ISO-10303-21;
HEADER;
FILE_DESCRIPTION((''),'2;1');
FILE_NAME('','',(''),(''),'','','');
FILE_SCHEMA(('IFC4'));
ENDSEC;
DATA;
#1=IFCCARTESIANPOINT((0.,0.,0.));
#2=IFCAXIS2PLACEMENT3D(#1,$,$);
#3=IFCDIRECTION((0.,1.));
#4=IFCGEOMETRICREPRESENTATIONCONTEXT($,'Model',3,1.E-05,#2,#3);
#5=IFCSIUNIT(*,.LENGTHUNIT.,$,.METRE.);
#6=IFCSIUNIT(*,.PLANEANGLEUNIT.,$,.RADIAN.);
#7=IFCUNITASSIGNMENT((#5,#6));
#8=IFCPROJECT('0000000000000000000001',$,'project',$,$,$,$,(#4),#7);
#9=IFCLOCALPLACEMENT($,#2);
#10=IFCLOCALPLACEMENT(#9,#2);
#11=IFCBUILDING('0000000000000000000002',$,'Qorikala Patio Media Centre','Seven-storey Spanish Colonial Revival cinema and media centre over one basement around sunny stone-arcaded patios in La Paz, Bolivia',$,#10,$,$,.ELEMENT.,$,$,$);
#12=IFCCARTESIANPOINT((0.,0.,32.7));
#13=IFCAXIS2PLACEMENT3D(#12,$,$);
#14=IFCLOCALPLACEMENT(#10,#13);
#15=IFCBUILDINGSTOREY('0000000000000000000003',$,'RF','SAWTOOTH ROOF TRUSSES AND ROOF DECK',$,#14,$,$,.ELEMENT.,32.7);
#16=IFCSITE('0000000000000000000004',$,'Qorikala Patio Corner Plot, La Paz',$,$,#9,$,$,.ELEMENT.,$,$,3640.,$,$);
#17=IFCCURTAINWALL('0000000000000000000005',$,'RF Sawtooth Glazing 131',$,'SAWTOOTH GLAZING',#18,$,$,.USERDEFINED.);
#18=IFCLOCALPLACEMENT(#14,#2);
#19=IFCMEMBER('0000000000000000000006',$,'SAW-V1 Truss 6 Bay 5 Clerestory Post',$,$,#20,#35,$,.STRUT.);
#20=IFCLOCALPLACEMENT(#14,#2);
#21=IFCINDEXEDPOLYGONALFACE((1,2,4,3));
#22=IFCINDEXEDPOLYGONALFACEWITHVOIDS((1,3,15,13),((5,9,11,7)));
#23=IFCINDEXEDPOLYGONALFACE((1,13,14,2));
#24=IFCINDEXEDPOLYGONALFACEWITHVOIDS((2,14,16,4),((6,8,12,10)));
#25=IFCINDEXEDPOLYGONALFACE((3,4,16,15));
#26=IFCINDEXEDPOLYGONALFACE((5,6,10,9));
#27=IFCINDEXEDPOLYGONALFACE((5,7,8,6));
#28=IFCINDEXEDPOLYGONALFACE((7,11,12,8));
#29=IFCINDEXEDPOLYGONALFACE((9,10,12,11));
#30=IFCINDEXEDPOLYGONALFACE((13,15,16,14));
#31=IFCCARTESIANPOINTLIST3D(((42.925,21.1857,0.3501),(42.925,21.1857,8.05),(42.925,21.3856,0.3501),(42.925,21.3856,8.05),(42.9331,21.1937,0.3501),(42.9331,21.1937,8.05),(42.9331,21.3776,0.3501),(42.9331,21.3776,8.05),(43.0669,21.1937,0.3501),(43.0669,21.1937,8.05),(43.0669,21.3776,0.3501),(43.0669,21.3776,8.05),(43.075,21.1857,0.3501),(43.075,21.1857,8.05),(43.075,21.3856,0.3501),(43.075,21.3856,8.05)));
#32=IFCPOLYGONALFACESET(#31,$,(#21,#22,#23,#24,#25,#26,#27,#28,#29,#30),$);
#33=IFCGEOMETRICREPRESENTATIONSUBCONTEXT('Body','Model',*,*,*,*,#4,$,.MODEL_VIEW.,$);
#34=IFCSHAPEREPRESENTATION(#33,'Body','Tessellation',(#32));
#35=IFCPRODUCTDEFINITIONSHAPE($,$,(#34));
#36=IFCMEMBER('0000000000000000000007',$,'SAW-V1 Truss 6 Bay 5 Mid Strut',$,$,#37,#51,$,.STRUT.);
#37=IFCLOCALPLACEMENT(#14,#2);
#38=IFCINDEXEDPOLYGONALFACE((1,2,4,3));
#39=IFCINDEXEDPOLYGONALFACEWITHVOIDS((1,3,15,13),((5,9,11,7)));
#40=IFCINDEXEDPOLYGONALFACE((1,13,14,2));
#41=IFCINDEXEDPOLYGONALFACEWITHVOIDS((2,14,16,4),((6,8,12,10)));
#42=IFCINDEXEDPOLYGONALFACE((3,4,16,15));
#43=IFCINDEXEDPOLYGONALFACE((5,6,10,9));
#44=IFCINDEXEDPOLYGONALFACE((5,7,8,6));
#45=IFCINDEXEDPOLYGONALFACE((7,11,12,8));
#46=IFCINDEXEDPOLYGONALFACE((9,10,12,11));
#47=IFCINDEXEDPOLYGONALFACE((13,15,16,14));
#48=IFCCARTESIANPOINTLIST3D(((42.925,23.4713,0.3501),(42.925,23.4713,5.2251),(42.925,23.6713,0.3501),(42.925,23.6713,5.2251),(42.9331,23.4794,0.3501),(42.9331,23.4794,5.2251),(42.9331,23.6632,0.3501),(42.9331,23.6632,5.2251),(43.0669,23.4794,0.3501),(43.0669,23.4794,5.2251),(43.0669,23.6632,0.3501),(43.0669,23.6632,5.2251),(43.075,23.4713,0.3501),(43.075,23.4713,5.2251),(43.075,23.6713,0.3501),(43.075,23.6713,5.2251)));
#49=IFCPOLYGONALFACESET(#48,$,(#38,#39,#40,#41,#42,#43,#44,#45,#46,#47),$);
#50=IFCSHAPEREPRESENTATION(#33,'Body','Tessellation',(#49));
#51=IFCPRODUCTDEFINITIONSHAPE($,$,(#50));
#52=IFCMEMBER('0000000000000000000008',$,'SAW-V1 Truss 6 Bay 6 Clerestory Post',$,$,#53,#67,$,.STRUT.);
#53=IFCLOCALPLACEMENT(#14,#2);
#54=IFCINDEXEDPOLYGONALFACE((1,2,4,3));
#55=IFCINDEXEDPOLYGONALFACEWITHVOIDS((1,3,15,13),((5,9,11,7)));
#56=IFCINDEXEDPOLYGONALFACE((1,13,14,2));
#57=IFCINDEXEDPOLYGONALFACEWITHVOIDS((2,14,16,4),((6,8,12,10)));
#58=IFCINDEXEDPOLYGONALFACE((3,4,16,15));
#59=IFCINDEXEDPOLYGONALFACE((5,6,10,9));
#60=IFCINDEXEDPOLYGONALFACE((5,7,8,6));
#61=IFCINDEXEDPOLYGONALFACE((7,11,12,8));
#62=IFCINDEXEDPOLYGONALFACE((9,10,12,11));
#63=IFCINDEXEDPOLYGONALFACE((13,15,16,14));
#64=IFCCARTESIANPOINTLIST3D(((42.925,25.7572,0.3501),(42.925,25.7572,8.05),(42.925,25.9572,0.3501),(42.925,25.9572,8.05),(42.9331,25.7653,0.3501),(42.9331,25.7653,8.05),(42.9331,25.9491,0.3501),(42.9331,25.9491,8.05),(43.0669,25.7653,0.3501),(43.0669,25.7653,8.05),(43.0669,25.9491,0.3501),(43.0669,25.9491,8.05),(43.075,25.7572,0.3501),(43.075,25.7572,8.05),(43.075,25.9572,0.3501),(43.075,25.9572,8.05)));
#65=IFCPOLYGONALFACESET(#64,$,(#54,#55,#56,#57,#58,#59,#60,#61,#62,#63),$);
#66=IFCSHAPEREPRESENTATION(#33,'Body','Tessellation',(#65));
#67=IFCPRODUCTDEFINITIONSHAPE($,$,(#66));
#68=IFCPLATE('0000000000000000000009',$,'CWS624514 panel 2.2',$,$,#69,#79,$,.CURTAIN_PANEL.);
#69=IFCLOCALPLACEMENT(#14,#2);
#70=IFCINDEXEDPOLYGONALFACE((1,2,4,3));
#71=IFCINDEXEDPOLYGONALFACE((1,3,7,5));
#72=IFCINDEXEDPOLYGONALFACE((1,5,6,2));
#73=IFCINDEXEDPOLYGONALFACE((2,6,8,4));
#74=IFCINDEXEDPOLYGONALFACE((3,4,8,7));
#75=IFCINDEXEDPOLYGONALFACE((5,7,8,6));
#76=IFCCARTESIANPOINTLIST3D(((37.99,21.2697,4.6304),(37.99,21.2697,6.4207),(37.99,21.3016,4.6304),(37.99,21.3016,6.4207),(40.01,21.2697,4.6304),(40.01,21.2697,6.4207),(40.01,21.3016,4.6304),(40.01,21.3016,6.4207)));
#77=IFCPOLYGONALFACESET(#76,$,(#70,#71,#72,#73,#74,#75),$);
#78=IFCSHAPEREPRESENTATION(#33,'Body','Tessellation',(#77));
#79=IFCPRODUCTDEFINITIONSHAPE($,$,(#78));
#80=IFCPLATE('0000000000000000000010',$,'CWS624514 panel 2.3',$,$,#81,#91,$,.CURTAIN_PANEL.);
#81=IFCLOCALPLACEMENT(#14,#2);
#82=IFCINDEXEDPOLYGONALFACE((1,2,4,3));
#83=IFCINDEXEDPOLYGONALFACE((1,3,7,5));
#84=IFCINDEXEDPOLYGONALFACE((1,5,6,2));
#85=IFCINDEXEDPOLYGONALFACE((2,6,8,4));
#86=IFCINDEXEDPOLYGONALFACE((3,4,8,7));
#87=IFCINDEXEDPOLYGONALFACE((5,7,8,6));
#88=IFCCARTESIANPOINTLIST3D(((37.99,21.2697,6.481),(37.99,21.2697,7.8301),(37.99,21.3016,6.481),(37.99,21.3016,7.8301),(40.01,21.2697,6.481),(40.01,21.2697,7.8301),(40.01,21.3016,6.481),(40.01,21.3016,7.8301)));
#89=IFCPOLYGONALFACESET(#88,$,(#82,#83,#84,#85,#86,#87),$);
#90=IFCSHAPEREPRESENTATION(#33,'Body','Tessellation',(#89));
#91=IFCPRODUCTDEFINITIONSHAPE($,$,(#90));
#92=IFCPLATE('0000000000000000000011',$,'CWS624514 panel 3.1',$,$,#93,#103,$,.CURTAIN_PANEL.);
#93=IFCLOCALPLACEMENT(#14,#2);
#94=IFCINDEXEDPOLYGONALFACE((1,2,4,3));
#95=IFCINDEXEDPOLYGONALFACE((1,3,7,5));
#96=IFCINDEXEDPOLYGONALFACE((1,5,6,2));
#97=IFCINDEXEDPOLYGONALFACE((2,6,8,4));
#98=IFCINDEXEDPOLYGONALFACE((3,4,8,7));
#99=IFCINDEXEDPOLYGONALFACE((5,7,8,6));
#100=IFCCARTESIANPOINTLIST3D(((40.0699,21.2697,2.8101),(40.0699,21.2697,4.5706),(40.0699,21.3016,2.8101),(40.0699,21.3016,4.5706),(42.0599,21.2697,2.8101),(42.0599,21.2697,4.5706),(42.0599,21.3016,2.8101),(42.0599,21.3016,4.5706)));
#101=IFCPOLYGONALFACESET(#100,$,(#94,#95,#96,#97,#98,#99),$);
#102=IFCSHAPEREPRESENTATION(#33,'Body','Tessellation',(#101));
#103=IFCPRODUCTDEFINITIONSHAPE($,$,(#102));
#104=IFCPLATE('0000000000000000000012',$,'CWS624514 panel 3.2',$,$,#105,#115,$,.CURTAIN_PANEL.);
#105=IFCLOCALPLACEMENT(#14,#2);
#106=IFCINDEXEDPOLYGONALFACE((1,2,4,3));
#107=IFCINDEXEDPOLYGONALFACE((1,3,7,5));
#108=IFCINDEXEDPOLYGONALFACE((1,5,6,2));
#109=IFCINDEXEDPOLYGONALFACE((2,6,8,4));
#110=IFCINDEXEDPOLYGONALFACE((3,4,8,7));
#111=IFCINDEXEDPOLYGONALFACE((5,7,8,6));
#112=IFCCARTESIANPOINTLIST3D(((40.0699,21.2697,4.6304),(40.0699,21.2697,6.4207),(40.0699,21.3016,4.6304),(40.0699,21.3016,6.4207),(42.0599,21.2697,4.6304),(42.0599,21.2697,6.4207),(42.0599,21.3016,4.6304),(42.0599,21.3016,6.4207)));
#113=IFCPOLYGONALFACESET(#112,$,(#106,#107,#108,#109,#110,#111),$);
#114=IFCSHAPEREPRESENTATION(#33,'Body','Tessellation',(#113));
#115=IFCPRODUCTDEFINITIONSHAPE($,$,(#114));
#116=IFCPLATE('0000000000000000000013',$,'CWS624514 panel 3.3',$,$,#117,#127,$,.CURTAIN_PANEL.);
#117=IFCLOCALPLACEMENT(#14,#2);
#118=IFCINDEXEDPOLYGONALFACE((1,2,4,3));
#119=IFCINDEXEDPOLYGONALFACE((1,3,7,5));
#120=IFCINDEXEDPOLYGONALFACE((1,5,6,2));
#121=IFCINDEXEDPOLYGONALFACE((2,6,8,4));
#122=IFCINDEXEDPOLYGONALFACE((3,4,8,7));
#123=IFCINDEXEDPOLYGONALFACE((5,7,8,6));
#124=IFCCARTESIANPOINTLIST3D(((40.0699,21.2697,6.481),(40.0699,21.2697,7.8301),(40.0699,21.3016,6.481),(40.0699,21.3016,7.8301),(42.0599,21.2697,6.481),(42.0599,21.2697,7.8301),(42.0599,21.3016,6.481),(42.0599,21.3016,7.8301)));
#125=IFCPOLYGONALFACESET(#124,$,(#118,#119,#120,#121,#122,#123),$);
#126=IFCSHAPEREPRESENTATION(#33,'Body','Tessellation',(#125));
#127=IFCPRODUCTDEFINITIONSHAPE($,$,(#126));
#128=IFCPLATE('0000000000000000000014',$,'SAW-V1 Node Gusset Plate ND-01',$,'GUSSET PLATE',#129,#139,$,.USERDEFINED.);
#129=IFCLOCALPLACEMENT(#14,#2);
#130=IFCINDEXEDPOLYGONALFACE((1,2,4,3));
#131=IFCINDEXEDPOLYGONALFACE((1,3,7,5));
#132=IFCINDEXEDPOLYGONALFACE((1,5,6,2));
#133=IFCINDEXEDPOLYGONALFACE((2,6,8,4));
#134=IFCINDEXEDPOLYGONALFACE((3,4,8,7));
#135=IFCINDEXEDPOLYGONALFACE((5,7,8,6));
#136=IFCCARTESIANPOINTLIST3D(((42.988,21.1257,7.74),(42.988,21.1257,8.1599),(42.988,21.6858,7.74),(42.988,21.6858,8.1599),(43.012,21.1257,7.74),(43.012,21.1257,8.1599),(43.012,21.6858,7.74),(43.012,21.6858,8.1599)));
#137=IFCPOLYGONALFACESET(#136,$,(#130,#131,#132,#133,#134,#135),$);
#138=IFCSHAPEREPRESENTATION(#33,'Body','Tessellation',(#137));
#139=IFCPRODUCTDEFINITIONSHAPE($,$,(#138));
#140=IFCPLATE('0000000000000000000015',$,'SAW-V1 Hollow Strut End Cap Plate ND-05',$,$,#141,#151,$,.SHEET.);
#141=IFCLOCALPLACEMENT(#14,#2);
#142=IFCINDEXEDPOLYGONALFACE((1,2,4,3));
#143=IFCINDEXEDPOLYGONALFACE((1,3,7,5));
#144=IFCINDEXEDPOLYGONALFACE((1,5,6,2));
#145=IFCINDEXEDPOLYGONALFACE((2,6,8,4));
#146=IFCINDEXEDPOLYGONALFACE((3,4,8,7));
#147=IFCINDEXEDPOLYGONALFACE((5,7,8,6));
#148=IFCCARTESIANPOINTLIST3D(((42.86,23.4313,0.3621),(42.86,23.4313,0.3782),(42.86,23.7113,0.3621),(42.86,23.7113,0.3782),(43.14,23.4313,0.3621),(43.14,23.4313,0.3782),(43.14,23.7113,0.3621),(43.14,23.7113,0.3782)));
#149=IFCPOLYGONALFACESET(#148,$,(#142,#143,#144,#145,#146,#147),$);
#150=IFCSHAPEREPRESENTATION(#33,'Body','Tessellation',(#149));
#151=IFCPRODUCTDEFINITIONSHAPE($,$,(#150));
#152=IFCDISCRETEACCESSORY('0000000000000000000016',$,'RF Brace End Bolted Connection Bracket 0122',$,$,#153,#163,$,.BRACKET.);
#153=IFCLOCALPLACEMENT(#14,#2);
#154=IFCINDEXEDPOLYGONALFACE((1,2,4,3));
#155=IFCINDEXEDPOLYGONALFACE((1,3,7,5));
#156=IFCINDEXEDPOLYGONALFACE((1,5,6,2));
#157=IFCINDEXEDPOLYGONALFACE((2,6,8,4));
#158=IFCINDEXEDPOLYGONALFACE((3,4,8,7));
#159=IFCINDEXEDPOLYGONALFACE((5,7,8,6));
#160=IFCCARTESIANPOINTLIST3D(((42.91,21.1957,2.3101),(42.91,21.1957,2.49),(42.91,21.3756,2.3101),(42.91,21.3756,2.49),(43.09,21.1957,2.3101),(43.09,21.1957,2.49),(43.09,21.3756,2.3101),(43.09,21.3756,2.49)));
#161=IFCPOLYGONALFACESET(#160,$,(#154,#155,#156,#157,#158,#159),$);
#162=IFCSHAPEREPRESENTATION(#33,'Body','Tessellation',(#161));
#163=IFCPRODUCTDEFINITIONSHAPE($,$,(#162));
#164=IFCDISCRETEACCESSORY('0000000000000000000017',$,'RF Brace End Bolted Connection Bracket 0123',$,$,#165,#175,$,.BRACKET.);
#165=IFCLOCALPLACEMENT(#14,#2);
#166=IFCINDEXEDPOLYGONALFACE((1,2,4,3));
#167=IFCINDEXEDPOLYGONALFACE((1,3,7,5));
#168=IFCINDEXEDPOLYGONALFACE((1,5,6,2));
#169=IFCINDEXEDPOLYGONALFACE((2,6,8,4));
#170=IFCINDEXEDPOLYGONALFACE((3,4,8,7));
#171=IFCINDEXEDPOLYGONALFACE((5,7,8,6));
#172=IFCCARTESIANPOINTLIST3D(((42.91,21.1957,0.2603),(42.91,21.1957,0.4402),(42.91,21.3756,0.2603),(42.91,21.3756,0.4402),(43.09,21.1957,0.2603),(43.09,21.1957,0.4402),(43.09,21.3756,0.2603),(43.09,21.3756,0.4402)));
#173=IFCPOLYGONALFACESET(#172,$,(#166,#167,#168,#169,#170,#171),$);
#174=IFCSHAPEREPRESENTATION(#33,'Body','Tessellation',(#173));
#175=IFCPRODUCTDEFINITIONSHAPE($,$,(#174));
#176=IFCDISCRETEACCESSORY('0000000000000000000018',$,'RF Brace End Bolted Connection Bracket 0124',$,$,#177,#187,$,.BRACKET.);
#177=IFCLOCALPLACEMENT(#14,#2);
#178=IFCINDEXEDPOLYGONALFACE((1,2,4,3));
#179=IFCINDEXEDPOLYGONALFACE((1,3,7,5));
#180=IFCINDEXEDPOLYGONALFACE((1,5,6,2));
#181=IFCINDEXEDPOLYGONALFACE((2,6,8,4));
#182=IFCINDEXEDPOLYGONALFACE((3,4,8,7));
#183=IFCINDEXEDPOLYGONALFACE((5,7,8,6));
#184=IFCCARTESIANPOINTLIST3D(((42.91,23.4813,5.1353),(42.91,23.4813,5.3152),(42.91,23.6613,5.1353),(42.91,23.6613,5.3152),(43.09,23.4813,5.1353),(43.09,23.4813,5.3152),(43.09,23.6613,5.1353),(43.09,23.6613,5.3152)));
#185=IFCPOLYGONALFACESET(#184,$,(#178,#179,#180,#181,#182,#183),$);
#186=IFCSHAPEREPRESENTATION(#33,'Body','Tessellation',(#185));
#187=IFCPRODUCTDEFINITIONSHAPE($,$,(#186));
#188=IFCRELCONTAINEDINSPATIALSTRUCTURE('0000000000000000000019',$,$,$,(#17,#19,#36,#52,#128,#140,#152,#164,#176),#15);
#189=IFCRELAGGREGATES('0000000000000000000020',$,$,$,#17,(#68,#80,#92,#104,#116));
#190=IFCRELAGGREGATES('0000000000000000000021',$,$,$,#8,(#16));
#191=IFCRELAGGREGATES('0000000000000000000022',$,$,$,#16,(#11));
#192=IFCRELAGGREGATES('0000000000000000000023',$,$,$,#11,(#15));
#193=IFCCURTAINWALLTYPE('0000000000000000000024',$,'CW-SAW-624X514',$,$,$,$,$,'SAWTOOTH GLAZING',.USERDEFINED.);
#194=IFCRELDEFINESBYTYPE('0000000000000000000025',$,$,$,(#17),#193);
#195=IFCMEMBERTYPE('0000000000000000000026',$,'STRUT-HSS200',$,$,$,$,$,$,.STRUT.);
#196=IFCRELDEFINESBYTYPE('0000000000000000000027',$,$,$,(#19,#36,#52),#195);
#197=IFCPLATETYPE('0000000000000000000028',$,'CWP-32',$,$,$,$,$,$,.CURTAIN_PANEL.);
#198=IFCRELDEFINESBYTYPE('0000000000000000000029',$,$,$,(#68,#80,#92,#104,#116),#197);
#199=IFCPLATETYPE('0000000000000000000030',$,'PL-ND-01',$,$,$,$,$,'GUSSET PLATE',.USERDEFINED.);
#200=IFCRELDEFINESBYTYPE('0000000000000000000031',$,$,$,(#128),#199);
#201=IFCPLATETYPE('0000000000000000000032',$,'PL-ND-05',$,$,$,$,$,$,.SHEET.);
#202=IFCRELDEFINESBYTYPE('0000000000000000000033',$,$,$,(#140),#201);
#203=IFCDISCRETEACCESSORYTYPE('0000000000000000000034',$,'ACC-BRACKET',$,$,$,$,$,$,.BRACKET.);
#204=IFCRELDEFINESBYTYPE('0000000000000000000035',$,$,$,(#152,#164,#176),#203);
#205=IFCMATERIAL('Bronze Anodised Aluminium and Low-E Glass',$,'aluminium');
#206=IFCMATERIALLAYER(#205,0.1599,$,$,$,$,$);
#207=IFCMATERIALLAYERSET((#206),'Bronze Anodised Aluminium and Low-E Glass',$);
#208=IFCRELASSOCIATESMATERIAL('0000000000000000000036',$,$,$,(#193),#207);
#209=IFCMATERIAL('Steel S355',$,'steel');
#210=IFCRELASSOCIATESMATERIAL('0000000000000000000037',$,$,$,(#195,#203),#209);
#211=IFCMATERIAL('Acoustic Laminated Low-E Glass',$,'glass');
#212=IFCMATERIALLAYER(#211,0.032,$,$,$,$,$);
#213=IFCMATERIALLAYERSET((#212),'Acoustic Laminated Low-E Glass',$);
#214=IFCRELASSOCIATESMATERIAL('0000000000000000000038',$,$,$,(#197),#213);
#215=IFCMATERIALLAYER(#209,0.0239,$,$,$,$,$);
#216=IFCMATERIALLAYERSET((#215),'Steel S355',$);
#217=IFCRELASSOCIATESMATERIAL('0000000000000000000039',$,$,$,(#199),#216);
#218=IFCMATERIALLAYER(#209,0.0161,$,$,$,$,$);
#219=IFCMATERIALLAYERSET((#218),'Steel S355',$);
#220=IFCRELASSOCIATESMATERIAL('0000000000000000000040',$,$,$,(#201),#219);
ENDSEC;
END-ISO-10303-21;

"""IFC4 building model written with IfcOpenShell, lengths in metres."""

from ifc_helpers import new_model, si_unit, direction, frame, origin, origin_2d, place, context, subcontext, project, spatial, rectangle, hollow_rectangle, extrude, material, layer, layer_set, material_profile, profile_set, type_object, element, aggregate, save


model = new_model("IFC4")

# Units and contexts
model_context = context("Model", 3, precision=1e-05, world=origin(), true_north=direction((0.0, 1.0)))
body_context = subcontext(model_context, "Body", "Model", "MODEL_VIEW")
ifc_project = project(units=[si_unit("LENGTHUNIT", "METRE"), si_unit("PLANEANGLEUNIT", "RADIAN")], contexts=[model_context])

# Site, building, storey
site_placement = place(None, origin())
site = spatial("IfcSite", under=ifc_project, at=site_placement, Name="Qorikala Patio Corner Plot, La Paz", CompositionType="ELEMENT", RefElevation=3640.0)
building_placement = place(site_placement, origin())
building = spatial("IfcBuilding", under=site, at=building_placement, Name="Qorikala Patio Media Centre", Description="Seven-storey Spanish Colonial Revival cinema and media centre over one basement around sunny stone-arcaded patios in La Paz, Bolivia", CompositionType="ELEMENT")
storey_placement = place(building_placement, frame((0.0, 0.0, 32.7)))
storey = spatial("IfcBuildingStorey", under=building, at=storey_placement, Name="RF", Description="SAWTOOTH ROOF TRUSSES AND ROOF DECK", CompositionType="ELEMENT", Elevation=32.7)

# Shared definitions
ifc_material_1 = material(Name="Steel S355", Category="steel")

# Curtain wall
ifc_material_2 = material(Name="Bronze Anodised Aluminium and Low-E Glass", Category="aluminium")
ifc_layer_1 = layer(ifc_material_2, 0.1599)
ifc_layer_set_1 = layer_set([ifc_layer_1], Name="Bronze Anodised Aluminium and Low-E Glass")
curtain_wall_type = type_object("IfcCurtainWallType", Name="CW-SAW-624X514", ElementType="SAWTOOTH GLAZING", PredefinedType="USERDEFINED", material=ifc_layer_set_1)
curtain_wall_placement = place(storey_placement, origin())
curtain_wall = element("IfcCurtainWall", 1, at=curtain_wall_placement, inside=storey, type_object=curtain_wall_type, Name="RF Sawtooth Glazing 131", ObjectType="SAWTOOTH GLAZING", PredefinedType="USERDEFINED")

# Members
ifc_material_profile_1 = material_profile(ifc_material_1, hollow_rectangle(XDim=0.1499, YDim=0.2, WallThickness=0.0081, at=origin_2d()), Name="HSS200X150X8")
ifc_profile_set_1 = profile_set([ifc_material_profile_1], Name="Steel S355")
member_type_1 = type_object("IfcMemberType", Name="STRUT-HSS200", PredefinedType="STRUT", material=ifc_profile_set_1)
member_1_placement = place(storey_placement, frame((43.0, 21.2856, 0.3501), z_axis=(0.0, 0.0, 1.0), x_axis=(1.0, 0.0, 0.0)))
element("IfcMember", 2, at=member_1_placement, inside=storey, type_object=member_type_1, Name="SAW-V1 Truss 6 Bay 5 Clerestory Post", PredefinedType="STRUT", context=body_context, shape_type="SweptSolid", body=[
    extrude(hollow_rectangle(XDim=0.1499, YDim=0.2, WallThickness=0.0081, at=origin_2d()), origin(), (0.0, 0.0, 1.0), 7.7),
])
member_2_placement = place(storey_placement, frame((43.0, 23.5713, 0.3501), z_axis=(0.0, 0.0, 1.0), x_axis=(1.0, 0.0, 0.0)))
element("IfcMember", 3, at=member_2_placement, inside=storey, type_object=member_type_1, Name="SAW-V1 Truss 6 Bay 5 Mid Strut", PredefinedType="STRUT", context=body_context, shape_type="SweptSolid", body=[
    extrude(hollow_rectangle(XDim=0.1499, YDim=0.2, WallThickness=0.0081, at=origin_2d()), origin(), (0.0, 0.0, 1.0), 4.875),
])
member_3_placement = place(storey_placement, frame((43.0, 25.8572, 0.3501), z_axis=(0.0, 0.0, 1.0), x_axis=(1.0, 0.0, 0.0)))
element("IfcMember", 4, at=member_3_placement, inside=storey, type_object=member_type_1, Name="SAW-V1 Truss 6 Bay 6 Clerestory Post", PredefinedType="STRUT", context=body_context, shape_type="SweptSolid", body=[
    extrude(hollow_rectangle(XDim=0.1499, YDim=0.2, WallThickness=0.0081, at=origin_2d()), origin(), (0.0, 0.0, 1.0), 7.7),
])

# Plates
ifc_material_3 = material(Name="Acoustic Laminated Low-E Glass", Category="glass")
ifc_layer_2 = layer(ifc_material_3, 0.032)
ifc_layer_set_2 = layer_set([ifc_layer_2], Name="Acoustic Laminated Low-E Glass")
plate_type_1 = type_object("IfcPlateType", Name="CWP-32", PredefinedType="CURTAIN_PANEL", material=ifc_layer_set_2)
plate_1_placement = place(storey_placement, frame((39.0, 21.2856, 4.6304), z_axis=(0.0, 0.0, 1.0), x_axis=(1.0, 0.0, 0.0)))
plate_1 = element("IfcPlate", 5, at=plate_1_placement, type_object=plate_type_1, Name="CWS624514 panel 2.2", PredefinedType="CURTAIN_PANEL", context=body_context, shape_type="SweptSolid", body=[
    extrude(rectangle(XDim=2.02, YDim=0.032, at=origin_2d()), origin(), (0.0, 0.0, 1.0), 1.7903),
])
plate_2_placement = place(storey_placement, frame((39.0, 21.2856, 6.481), z_axis=(0.0, 0.0, 1.0), x_axis=(1.0, 0.0, 0.0)))
plate_2 = element("IfcPlate", 6, at=plate_2_placement, type_object=plate_type_1, Name="CWS624514 panel 2.3", PredefinedType="CURTAIN_PANEL", context=body_context, shape_type="SweptSolid", body=[
    extrude(rectangle(XDim=2.02, YDim=0.032, at=origin_2d()), origin(), (0.0, 0.0, 1.0), 1.3491),
])
plate_3_placement = place(storey_placement, frame((41.0649, 21.2856, 2.8101), z_axis=(0.0, 0.0, 1.0), x_axis=(1.0, 0.0, 0.0)))
plate_3 = element("IfcPlate", 7, at=plate_3_placement, type_object=plate_type_1, Name="CWS624514 panel 3.1", PredefinedType="CURTAIN_PANEL", context=body_context, shape_type="SweptSolid", body=[
    extrude(rectangle(XDim=1.99, YDim=0.032, at=origin_2d()), origin(), (0.0, 0.0, 1.0), 1.7605),
])
plate_4_placement = place(storey_placement, frame((41.0649, 21.2856, 4.6304), z_axis=(0.0, 0.0, 1.0), x_axis=(1.0, 0.0, 0.0)))
plate_4 = element("IfcPlate", 8, at=plate_4_placement, type_object=plate_type_1, Name="CWS624514 panel 3.2", PredefinedType="CURTAIN_PANEL", context=body_context, shape_type="SweptSolid", body=[
    extrude(rectangle(XDim=1.99, YDim=0.032, at=origin_2d()), origin(), (0.0, 0.0, 1.0), 1.7903),
])
plate_5_placement = place(storey_placement, frame((41.0649, 21.2856, 6.481), z_axis=(0.0, 0.0, 1.0), x_axis=(1.0, 0.0, 0.0)))
plate_5 = element("IfcPlate", 9, at=plate_5_placement, type_object=plate_type_1, Name="CWS624514 panel 3.3", PredefinedType="CURTAIN_PANEL", context=body_context, shape_type="SweptSolid", body=[
    extrude(rectangle(XDim=1.99, YDim=0.032, at=origin_2d()), origin(), (0.0, 0.0, 1.0), 1.3491),
])
aggregate(curtain_wall, [plate_1, plate_2, plate_3, plate_4, plate_5])

# Plates
ifc_layer_3 = layer(ifc_material_1, 0.0239)
ifc_layer_set_3 = layer_set([ifc_layer_3], Name="Steel S355")
plate_type_2 = type_object("IfcPlateType", Name="PL-ND-01", ElementType="GUSSET PLATE", PredefinedType="USERDEFINED", material=ifc_layer_set_3)
plate_6_placement = place(storey_placement, frame((43.0, 21.4058, 7.74), z_axis=(0.0, 0.0, 1.0), x_axis=(1.0, 0.0, 0.0)))
element("IfcPlate", 10, at=plate_6_placement, inside=storey, type_object=plate_type_2, Name="SAW-V1 Node Gusset Plate ND-01", ObjectType="GUSSET PLATE", PredefinedType="USERDEFINED", context=body_context, shape_type="SweptSolid", body=[
    extrude(rectangle(XDim=0.0239, YDim=0.5601, at=origin_2d()), origin(), (0.0, 0.0, 1.0), 0.4199),
])
ifc_layer_4 = layer(ifc_material_1, 0.0161)
ifc_layer_set_4 = layer_set([ifc_layer_4], Name="Steel S355")
plate_type_3 = type_object("IfcPlateType", Name="PL-ND-05", PredefinedType="SHEET", material=ifc_layer_set_4)
plate_7_placement = place(storey_placement, frame((43.0, 23.5713, 0.3621), z_axis=(0.0, 0.0, 1.0), x_axis=(1.0, 0.0, 0.0)))
element("IfcPlate", 11, at=plate_7_placement, inside=storey, type_object=plate_type_3, Name="SAW-V1 Hollow Strut End Cap Plate ND-05", PredefinedType="SHEET", context=body_context, shape_type="SweptSolid", body=[
    extrude(rectangle(XDim=0.28, YDim=0.28, at=origin_2d()), origin(), (0.0, 0.0, 1.0), 0.0161),
])

# Discrete accessories
discrete_accessory_type = type_object("IfcDiscreteAccessoryType", Name="ACC-BRACKET", PredefinedType="BRACKET", material=ifc_material_1)
for number, where, z_axis, x_axis, name in (
    (12, (43.0, 21.2856, 2.3101), (0.0, 0.0, 1.0), (1.0, 0.0, 0.0), "RF Brace End Bolted Connection Bracket 0122"),
    (13, (43.0, 21.2856, 0.2603), (0.0, 0.0, 1.0), (1.0, 0.0, 0.0), "RF Brace End Bolted Connection Bracket 0123"),
    (14, (43.0, 23.5713, 5.1353), (0.0, 0.0, 1.0), (1.0, 0.0, 0.0), "RF Brace End Bolted Connection Bracket 0124"),
):
    element("IfcDiscreteAccessory", number, at=place(storey_placement, frame(where, z_axis=z_axis, x_axis=x_axis)), inside=storey, type_object=discrete_accessory_type, Name=name, PredefinedType="BRACKET", context=body_context, shape_type="SweptSolid", body=[
        extrude(rectangle(XDim=0.1799, YDim=0.1799, at=origin_2d()), origin(), (0.0, 0.0, 1.0), 0.1799),
    ])

save(model, "model.ifc")
